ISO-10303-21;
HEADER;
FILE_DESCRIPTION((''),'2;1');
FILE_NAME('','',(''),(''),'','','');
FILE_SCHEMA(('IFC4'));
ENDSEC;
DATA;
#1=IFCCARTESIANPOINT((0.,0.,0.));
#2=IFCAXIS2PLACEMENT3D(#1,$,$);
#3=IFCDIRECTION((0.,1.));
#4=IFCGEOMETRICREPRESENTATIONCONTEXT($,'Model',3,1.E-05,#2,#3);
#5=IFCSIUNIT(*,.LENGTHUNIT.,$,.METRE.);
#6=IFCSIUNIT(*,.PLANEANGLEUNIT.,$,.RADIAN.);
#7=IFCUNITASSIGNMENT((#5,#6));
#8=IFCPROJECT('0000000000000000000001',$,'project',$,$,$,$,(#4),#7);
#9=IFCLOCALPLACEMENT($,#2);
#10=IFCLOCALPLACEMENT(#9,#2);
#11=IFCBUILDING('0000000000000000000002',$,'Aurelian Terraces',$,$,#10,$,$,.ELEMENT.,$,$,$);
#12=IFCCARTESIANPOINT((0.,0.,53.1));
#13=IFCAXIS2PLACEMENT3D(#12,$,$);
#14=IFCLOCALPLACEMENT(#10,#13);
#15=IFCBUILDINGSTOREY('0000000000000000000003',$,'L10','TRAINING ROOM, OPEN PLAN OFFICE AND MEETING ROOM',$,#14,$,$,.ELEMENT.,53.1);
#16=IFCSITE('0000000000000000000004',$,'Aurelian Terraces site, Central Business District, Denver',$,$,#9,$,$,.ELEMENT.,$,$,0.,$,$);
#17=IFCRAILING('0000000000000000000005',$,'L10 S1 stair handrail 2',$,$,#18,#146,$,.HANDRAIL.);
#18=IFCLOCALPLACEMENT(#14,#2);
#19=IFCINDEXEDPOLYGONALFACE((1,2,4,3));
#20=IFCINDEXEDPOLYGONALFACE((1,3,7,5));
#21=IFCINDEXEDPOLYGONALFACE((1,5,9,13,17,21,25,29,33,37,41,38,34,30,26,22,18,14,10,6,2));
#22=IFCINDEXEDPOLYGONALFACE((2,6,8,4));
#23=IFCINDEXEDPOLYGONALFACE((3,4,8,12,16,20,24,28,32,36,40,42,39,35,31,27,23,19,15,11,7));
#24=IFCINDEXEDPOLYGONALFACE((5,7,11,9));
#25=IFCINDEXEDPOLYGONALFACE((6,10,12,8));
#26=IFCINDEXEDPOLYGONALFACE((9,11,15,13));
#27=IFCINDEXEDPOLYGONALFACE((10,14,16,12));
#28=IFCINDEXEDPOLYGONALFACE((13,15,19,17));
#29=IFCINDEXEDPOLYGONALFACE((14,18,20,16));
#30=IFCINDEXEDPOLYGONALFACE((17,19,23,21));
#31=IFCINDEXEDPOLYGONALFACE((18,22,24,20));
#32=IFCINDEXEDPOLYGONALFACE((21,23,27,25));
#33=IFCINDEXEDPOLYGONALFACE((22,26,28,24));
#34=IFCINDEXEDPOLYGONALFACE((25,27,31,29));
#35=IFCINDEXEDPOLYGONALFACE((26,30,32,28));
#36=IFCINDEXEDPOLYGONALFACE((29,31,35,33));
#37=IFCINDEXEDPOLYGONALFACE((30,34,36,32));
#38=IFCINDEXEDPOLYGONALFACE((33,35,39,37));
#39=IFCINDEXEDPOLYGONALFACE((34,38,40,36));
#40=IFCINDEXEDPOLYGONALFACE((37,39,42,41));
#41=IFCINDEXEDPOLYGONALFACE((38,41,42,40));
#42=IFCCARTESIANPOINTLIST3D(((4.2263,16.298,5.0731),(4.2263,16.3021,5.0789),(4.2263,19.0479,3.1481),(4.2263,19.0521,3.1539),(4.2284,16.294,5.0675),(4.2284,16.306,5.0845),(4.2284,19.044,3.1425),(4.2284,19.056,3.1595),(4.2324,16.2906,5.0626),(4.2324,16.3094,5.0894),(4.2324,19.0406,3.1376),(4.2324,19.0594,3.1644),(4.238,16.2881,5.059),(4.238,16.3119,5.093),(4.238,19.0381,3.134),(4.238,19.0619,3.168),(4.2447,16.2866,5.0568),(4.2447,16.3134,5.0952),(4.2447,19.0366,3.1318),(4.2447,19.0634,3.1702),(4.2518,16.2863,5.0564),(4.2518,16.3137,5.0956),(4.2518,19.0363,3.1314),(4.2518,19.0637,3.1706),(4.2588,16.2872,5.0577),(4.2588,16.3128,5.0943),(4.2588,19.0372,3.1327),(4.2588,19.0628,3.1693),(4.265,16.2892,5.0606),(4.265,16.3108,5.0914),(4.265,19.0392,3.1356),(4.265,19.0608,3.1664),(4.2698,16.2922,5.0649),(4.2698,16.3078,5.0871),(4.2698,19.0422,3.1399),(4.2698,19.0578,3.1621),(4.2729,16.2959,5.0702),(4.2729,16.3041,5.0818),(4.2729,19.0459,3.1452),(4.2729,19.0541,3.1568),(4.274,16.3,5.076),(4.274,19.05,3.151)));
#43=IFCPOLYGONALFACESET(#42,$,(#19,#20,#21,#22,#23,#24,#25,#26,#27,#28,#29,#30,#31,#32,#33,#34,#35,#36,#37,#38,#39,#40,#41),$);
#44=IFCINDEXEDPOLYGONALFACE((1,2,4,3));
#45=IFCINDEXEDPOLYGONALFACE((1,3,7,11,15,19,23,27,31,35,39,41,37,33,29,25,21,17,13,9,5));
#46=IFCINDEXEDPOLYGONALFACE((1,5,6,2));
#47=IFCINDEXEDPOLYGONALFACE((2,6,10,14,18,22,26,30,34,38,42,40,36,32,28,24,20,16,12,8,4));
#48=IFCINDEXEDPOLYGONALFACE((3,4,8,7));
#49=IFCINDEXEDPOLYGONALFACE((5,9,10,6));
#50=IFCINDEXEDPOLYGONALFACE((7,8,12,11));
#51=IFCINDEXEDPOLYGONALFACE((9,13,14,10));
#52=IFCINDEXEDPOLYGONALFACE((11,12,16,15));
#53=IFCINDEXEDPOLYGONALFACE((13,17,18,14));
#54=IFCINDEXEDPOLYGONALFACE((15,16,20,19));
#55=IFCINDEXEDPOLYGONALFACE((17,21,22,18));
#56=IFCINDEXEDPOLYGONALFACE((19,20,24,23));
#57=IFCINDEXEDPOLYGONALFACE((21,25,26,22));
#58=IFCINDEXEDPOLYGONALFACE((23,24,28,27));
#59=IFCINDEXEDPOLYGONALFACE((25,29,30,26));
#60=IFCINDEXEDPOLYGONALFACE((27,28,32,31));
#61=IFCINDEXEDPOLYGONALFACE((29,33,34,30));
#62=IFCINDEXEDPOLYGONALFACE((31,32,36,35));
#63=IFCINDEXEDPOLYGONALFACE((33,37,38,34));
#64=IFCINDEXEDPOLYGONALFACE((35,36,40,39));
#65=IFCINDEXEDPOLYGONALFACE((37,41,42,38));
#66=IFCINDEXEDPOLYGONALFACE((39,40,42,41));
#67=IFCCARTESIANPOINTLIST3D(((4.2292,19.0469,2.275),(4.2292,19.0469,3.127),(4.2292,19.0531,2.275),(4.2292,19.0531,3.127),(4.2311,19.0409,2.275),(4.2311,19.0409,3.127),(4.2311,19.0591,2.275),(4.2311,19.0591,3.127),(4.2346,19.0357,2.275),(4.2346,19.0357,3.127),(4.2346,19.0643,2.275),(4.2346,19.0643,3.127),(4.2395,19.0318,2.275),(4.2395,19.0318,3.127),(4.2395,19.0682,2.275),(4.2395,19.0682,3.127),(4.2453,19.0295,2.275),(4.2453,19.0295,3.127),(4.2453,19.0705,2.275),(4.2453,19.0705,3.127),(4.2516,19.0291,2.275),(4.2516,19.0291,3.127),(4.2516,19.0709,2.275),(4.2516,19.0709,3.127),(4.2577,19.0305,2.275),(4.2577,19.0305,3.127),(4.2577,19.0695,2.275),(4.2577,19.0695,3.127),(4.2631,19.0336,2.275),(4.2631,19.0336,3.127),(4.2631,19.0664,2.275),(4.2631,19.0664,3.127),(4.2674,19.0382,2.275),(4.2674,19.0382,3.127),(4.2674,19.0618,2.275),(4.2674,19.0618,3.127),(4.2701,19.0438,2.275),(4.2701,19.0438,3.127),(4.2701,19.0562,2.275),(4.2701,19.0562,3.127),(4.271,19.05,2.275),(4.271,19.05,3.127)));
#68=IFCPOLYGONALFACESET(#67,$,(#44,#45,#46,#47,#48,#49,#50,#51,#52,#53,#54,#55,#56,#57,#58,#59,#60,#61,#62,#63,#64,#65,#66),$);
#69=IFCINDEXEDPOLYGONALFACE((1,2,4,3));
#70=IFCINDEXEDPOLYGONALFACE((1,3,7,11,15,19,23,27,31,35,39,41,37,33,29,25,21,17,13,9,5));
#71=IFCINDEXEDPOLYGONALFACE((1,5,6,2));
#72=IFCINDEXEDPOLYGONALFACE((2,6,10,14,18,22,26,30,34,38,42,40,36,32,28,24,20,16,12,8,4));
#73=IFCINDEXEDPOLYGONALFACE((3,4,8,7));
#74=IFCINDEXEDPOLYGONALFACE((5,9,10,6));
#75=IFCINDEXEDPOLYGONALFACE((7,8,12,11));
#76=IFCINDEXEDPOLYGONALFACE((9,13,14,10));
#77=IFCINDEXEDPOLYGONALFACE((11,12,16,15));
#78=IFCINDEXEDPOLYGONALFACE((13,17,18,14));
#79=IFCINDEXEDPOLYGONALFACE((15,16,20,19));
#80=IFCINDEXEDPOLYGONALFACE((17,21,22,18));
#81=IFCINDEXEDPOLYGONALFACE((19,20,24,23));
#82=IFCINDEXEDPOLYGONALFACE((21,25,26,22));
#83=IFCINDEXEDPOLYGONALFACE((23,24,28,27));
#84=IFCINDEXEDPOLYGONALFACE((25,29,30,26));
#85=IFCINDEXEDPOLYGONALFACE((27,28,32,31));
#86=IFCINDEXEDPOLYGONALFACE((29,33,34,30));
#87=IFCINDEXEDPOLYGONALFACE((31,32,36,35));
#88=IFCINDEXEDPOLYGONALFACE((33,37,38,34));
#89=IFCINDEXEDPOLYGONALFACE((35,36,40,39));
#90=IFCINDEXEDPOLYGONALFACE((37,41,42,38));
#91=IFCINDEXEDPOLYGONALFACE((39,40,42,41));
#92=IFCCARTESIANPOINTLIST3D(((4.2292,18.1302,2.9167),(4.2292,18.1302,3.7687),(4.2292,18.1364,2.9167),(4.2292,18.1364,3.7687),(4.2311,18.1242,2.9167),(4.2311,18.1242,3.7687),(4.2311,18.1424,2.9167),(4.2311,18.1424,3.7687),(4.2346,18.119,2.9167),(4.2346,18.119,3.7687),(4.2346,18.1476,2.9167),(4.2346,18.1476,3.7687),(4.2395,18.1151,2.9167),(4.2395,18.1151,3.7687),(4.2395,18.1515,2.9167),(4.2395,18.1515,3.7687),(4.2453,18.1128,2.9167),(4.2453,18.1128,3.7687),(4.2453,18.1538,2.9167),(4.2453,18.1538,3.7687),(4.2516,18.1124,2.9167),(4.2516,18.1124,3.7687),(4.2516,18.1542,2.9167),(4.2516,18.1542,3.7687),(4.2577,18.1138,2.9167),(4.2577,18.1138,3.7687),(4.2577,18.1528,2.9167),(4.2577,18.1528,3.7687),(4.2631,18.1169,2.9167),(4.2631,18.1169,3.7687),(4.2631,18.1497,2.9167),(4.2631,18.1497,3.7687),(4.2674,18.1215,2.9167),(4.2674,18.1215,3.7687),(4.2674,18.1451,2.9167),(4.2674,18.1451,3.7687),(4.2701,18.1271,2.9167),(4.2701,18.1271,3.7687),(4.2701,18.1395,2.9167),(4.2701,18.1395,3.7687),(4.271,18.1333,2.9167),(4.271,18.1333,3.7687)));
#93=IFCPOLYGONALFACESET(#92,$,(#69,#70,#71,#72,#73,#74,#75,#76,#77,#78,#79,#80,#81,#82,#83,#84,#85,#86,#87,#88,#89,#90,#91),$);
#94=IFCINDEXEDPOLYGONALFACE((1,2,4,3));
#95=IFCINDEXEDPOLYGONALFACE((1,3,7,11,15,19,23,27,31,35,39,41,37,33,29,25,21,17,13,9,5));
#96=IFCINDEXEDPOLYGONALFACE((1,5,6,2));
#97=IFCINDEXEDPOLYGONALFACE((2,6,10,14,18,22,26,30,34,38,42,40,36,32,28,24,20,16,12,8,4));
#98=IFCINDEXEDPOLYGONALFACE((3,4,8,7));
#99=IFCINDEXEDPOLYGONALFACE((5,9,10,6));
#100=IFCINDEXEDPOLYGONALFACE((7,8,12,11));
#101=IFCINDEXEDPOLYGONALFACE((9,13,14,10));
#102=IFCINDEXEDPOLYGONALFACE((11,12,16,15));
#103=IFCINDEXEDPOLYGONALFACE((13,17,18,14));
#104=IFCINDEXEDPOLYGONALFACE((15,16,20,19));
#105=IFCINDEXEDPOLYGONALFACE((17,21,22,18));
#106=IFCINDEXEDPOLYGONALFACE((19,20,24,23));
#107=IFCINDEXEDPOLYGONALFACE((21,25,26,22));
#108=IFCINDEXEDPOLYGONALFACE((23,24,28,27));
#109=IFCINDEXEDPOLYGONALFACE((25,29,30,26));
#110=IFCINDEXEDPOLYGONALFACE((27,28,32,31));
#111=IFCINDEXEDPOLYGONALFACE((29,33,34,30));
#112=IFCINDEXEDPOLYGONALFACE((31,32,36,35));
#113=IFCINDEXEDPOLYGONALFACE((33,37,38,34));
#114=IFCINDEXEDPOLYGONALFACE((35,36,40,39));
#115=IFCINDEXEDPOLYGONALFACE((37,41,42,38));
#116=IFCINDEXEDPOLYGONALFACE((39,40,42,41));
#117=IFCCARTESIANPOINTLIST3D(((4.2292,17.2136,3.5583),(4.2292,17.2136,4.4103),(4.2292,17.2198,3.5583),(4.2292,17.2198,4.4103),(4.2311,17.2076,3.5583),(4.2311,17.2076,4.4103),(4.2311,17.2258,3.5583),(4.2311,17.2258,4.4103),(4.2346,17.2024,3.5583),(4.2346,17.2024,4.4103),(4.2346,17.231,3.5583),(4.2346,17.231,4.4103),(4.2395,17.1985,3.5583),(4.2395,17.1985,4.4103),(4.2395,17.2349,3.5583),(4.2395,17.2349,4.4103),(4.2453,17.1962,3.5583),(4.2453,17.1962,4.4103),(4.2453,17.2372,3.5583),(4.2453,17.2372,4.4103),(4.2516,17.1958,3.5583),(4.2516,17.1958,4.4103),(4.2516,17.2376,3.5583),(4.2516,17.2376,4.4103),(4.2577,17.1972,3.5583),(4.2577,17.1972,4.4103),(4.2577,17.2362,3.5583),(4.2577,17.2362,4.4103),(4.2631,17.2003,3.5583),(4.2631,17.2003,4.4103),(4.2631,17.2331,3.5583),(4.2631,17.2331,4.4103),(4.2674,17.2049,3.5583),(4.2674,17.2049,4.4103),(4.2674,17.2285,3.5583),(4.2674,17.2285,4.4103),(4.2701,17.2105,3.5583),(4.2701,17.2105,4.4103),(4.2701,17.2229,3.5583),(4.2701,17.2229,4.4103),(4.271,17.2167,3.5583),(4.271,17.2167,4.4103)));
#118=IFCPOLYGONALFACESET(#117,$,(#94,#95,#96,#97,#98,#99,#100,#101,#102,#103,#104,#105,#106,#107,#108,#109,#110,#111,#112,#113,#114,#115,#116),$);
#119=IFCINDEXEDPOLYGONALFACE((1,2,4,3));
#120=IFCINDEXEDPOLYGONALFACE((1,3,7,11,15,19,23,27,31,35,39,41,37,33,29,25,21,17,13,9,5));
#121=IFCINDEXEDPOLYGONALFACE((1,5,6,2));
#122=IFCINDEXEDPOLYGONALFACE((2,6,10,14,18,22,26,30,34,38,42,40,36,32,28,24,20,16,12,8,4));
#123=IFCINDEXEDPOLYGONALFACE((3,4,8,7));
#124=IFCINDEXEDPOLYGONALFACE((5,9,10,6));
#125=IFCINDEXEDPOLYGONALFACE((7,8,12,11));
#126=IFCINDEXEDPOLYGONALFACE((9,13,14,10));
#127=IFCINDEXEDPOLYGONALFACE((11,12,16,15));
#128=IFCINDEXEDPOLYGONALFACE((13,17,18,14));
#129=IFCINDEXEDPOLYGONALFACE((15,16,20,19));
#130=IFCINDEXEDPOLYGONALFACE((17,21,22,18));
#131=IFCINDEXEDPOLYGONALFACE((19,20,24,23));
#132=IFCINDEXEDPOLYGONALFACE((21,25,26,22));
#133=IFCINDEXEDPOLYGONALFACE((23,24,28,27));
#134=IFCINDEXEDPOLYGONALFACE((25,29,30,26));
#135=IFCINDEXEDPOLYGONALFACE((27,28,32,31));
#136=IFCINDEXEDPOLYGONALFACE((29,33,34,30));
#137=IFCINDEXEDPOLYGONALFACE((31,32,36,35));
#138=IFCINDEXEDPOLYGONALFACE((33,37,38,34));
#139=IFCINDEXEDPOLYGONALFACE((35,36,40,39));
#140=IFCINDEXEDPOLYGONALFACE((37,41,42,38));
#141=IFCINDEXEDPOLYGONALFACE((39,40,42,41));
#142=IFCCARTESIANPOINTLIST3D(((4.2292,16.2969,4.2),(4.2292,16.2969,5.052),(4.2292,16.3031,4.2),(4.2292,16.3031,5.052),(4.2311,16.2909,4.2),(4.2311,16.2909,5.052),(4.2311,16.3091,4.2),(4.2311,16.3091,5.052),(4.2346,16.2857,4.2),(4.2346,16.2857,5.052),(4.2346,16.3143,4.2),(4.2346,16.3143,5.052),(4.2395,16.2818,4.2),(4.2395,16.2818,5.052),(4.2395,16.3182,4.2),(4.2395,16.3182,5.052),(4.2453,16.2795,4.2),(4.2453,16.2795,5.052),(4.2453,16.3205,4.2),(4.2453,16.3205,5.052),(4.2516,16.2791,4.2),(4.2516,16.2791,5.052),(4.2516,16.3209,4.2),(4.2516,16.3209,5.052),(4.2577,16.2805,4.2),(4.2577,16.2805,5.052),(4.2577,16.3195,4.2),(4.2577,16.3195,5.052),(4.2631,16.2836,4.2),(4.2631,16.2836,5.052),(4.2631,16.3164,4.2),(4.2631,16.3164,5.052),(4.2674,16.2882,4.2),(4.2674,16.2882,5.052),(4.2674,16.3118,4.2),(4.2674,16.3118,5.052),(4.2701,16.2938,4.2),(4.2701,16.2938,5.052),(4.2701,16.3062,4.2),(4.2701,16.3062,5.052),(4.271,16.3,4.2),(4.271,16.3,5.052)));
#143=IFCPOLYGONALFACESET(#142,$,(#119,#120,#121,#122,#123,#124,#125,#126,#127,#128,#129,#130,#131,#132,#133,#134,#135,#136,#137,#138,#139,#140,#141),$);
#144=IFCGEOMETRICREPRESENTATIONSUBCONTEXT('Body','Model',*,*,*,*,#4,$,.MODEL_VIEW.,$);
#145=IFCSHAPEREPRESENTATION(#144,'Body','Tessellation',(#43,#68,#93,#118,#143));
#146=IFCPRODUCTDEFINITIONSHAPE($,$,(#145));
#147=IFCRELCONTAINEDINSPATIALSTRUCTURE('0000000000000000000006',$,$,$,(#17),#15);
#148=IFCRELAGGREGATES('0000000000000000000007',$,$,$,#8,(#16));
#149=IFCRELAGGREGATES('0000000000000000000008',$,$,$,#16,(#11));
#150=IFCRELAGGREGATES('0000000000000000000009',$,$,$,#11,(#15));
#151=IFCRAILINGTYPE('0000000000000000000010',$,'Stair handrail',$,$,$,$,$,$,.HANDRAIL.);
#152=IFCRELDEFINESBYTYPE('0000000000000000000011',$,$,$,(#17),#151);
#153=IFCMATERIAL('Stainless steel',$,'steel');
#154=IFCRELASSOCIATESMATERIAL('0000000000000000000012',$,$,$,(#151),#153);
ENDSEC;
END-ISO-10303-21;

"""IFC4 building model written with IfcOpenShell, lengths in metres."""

from ifc_helpers import new_model, si_unit, direction, frame, origin, origin_2d, place, context, subcontext, project, spatial, circle, extrude, source, transform, mapped, material, type_object, element, save


model = new_model("IFC4")

# Units and contexts
model_context = context("Model", 3, precision=1e-05, world=origin(), true_north=direction((0.0, 1.0)))
body_context = subcontext(model_context, "Body", "Model", "MODEL_VIEW")
ifc_project = project(units=[si_unit("LENGTHUNIT", "METRE"), si_unit("PLANEANGLEUNIT", "RADIAN")], contexts=[model_context])

# Site, building, storey
site_placement = place(None, origin())
site = spatial("IfcSite", under=ifc_project, at=site_placement, Name="Aurelian Terraces site, Central Business District, Denver", CompositionType="ELEMENT", RefElevation=0.0)
building_placement = place(site_placement, origin())
building = spatial("IfcBuilding", under=site, at=building_placement, Name="Aurelian Terraces", CompositionType="ELEMENT")
storey_placement = place(building_placement, frame((0.0, 0.0, 53.1)))
storey = spatial("IfcBuildingStorey", under=building, at=storey_placement, Name="L10", Description="TRAINING ROOM, OPEN PLAN OFFICE AND MEETING ROOM", CompositionType="ELEMENT", Elevation=53.1)

# Shared definitions
ifc_material_1 = material(Name="Stainless steel", Category="steel")

# Railing
railing_type_1 = type_object("IfcRailingType", Name="Stair handrail", PredefinedType="HANDRAIL", material=ifc_material_1)
shared_shape_1 = source(origin(), body_context, "Body", "SweptSolid", [
    extrude(circle(Radius=0.024, at=origin_2d()), frame((0.0, 0.0, 0.876), z_axis=(0.0, -0.819232, 0.573462), x_axis=(1.0, 0.0, 0.0)), (0.0, 0.0, 1.0), 3.3568),
    extrude(circle(Radius=0.021, at=origin_2d()), origin(), (0.0, 0.0, 1.0), 0.852),
    extrude(circle(Radius=0.021, at=origin_2d()), frame((0.0, -0.9167, 0.6417)), (0.0, 0.0, 1.0), 0.852),
    extrude(circle(Radius=0.021, at=origin_2d()), frame((0.0, -1.8333, 1.2833)), (0.0, 0.0, 1.0), 0.852),
    extrude(circle(Radius=0.021, at=origin_2d()), frame((0.0, -2.75, 1.925)), (0.0, 0.0, 1.0), 0.852),
])
railing_1_placement = place(storey_placement, frame((4.25, 19.05, 2.275)))
element("IfcRailing", 1, at=railing_1_placement, inside=storey, type_object=railing_type_1, Name="L10 S1 stair handrail 2", PredefinedType="HANDRAIL", context=body_context, shape_type="MappedRepresentation", body=[
    mapped(shared_shape_1, transform((0.0, 0.0, 0.0), scale=1.0)),
])

save(model, "model.ifc")
